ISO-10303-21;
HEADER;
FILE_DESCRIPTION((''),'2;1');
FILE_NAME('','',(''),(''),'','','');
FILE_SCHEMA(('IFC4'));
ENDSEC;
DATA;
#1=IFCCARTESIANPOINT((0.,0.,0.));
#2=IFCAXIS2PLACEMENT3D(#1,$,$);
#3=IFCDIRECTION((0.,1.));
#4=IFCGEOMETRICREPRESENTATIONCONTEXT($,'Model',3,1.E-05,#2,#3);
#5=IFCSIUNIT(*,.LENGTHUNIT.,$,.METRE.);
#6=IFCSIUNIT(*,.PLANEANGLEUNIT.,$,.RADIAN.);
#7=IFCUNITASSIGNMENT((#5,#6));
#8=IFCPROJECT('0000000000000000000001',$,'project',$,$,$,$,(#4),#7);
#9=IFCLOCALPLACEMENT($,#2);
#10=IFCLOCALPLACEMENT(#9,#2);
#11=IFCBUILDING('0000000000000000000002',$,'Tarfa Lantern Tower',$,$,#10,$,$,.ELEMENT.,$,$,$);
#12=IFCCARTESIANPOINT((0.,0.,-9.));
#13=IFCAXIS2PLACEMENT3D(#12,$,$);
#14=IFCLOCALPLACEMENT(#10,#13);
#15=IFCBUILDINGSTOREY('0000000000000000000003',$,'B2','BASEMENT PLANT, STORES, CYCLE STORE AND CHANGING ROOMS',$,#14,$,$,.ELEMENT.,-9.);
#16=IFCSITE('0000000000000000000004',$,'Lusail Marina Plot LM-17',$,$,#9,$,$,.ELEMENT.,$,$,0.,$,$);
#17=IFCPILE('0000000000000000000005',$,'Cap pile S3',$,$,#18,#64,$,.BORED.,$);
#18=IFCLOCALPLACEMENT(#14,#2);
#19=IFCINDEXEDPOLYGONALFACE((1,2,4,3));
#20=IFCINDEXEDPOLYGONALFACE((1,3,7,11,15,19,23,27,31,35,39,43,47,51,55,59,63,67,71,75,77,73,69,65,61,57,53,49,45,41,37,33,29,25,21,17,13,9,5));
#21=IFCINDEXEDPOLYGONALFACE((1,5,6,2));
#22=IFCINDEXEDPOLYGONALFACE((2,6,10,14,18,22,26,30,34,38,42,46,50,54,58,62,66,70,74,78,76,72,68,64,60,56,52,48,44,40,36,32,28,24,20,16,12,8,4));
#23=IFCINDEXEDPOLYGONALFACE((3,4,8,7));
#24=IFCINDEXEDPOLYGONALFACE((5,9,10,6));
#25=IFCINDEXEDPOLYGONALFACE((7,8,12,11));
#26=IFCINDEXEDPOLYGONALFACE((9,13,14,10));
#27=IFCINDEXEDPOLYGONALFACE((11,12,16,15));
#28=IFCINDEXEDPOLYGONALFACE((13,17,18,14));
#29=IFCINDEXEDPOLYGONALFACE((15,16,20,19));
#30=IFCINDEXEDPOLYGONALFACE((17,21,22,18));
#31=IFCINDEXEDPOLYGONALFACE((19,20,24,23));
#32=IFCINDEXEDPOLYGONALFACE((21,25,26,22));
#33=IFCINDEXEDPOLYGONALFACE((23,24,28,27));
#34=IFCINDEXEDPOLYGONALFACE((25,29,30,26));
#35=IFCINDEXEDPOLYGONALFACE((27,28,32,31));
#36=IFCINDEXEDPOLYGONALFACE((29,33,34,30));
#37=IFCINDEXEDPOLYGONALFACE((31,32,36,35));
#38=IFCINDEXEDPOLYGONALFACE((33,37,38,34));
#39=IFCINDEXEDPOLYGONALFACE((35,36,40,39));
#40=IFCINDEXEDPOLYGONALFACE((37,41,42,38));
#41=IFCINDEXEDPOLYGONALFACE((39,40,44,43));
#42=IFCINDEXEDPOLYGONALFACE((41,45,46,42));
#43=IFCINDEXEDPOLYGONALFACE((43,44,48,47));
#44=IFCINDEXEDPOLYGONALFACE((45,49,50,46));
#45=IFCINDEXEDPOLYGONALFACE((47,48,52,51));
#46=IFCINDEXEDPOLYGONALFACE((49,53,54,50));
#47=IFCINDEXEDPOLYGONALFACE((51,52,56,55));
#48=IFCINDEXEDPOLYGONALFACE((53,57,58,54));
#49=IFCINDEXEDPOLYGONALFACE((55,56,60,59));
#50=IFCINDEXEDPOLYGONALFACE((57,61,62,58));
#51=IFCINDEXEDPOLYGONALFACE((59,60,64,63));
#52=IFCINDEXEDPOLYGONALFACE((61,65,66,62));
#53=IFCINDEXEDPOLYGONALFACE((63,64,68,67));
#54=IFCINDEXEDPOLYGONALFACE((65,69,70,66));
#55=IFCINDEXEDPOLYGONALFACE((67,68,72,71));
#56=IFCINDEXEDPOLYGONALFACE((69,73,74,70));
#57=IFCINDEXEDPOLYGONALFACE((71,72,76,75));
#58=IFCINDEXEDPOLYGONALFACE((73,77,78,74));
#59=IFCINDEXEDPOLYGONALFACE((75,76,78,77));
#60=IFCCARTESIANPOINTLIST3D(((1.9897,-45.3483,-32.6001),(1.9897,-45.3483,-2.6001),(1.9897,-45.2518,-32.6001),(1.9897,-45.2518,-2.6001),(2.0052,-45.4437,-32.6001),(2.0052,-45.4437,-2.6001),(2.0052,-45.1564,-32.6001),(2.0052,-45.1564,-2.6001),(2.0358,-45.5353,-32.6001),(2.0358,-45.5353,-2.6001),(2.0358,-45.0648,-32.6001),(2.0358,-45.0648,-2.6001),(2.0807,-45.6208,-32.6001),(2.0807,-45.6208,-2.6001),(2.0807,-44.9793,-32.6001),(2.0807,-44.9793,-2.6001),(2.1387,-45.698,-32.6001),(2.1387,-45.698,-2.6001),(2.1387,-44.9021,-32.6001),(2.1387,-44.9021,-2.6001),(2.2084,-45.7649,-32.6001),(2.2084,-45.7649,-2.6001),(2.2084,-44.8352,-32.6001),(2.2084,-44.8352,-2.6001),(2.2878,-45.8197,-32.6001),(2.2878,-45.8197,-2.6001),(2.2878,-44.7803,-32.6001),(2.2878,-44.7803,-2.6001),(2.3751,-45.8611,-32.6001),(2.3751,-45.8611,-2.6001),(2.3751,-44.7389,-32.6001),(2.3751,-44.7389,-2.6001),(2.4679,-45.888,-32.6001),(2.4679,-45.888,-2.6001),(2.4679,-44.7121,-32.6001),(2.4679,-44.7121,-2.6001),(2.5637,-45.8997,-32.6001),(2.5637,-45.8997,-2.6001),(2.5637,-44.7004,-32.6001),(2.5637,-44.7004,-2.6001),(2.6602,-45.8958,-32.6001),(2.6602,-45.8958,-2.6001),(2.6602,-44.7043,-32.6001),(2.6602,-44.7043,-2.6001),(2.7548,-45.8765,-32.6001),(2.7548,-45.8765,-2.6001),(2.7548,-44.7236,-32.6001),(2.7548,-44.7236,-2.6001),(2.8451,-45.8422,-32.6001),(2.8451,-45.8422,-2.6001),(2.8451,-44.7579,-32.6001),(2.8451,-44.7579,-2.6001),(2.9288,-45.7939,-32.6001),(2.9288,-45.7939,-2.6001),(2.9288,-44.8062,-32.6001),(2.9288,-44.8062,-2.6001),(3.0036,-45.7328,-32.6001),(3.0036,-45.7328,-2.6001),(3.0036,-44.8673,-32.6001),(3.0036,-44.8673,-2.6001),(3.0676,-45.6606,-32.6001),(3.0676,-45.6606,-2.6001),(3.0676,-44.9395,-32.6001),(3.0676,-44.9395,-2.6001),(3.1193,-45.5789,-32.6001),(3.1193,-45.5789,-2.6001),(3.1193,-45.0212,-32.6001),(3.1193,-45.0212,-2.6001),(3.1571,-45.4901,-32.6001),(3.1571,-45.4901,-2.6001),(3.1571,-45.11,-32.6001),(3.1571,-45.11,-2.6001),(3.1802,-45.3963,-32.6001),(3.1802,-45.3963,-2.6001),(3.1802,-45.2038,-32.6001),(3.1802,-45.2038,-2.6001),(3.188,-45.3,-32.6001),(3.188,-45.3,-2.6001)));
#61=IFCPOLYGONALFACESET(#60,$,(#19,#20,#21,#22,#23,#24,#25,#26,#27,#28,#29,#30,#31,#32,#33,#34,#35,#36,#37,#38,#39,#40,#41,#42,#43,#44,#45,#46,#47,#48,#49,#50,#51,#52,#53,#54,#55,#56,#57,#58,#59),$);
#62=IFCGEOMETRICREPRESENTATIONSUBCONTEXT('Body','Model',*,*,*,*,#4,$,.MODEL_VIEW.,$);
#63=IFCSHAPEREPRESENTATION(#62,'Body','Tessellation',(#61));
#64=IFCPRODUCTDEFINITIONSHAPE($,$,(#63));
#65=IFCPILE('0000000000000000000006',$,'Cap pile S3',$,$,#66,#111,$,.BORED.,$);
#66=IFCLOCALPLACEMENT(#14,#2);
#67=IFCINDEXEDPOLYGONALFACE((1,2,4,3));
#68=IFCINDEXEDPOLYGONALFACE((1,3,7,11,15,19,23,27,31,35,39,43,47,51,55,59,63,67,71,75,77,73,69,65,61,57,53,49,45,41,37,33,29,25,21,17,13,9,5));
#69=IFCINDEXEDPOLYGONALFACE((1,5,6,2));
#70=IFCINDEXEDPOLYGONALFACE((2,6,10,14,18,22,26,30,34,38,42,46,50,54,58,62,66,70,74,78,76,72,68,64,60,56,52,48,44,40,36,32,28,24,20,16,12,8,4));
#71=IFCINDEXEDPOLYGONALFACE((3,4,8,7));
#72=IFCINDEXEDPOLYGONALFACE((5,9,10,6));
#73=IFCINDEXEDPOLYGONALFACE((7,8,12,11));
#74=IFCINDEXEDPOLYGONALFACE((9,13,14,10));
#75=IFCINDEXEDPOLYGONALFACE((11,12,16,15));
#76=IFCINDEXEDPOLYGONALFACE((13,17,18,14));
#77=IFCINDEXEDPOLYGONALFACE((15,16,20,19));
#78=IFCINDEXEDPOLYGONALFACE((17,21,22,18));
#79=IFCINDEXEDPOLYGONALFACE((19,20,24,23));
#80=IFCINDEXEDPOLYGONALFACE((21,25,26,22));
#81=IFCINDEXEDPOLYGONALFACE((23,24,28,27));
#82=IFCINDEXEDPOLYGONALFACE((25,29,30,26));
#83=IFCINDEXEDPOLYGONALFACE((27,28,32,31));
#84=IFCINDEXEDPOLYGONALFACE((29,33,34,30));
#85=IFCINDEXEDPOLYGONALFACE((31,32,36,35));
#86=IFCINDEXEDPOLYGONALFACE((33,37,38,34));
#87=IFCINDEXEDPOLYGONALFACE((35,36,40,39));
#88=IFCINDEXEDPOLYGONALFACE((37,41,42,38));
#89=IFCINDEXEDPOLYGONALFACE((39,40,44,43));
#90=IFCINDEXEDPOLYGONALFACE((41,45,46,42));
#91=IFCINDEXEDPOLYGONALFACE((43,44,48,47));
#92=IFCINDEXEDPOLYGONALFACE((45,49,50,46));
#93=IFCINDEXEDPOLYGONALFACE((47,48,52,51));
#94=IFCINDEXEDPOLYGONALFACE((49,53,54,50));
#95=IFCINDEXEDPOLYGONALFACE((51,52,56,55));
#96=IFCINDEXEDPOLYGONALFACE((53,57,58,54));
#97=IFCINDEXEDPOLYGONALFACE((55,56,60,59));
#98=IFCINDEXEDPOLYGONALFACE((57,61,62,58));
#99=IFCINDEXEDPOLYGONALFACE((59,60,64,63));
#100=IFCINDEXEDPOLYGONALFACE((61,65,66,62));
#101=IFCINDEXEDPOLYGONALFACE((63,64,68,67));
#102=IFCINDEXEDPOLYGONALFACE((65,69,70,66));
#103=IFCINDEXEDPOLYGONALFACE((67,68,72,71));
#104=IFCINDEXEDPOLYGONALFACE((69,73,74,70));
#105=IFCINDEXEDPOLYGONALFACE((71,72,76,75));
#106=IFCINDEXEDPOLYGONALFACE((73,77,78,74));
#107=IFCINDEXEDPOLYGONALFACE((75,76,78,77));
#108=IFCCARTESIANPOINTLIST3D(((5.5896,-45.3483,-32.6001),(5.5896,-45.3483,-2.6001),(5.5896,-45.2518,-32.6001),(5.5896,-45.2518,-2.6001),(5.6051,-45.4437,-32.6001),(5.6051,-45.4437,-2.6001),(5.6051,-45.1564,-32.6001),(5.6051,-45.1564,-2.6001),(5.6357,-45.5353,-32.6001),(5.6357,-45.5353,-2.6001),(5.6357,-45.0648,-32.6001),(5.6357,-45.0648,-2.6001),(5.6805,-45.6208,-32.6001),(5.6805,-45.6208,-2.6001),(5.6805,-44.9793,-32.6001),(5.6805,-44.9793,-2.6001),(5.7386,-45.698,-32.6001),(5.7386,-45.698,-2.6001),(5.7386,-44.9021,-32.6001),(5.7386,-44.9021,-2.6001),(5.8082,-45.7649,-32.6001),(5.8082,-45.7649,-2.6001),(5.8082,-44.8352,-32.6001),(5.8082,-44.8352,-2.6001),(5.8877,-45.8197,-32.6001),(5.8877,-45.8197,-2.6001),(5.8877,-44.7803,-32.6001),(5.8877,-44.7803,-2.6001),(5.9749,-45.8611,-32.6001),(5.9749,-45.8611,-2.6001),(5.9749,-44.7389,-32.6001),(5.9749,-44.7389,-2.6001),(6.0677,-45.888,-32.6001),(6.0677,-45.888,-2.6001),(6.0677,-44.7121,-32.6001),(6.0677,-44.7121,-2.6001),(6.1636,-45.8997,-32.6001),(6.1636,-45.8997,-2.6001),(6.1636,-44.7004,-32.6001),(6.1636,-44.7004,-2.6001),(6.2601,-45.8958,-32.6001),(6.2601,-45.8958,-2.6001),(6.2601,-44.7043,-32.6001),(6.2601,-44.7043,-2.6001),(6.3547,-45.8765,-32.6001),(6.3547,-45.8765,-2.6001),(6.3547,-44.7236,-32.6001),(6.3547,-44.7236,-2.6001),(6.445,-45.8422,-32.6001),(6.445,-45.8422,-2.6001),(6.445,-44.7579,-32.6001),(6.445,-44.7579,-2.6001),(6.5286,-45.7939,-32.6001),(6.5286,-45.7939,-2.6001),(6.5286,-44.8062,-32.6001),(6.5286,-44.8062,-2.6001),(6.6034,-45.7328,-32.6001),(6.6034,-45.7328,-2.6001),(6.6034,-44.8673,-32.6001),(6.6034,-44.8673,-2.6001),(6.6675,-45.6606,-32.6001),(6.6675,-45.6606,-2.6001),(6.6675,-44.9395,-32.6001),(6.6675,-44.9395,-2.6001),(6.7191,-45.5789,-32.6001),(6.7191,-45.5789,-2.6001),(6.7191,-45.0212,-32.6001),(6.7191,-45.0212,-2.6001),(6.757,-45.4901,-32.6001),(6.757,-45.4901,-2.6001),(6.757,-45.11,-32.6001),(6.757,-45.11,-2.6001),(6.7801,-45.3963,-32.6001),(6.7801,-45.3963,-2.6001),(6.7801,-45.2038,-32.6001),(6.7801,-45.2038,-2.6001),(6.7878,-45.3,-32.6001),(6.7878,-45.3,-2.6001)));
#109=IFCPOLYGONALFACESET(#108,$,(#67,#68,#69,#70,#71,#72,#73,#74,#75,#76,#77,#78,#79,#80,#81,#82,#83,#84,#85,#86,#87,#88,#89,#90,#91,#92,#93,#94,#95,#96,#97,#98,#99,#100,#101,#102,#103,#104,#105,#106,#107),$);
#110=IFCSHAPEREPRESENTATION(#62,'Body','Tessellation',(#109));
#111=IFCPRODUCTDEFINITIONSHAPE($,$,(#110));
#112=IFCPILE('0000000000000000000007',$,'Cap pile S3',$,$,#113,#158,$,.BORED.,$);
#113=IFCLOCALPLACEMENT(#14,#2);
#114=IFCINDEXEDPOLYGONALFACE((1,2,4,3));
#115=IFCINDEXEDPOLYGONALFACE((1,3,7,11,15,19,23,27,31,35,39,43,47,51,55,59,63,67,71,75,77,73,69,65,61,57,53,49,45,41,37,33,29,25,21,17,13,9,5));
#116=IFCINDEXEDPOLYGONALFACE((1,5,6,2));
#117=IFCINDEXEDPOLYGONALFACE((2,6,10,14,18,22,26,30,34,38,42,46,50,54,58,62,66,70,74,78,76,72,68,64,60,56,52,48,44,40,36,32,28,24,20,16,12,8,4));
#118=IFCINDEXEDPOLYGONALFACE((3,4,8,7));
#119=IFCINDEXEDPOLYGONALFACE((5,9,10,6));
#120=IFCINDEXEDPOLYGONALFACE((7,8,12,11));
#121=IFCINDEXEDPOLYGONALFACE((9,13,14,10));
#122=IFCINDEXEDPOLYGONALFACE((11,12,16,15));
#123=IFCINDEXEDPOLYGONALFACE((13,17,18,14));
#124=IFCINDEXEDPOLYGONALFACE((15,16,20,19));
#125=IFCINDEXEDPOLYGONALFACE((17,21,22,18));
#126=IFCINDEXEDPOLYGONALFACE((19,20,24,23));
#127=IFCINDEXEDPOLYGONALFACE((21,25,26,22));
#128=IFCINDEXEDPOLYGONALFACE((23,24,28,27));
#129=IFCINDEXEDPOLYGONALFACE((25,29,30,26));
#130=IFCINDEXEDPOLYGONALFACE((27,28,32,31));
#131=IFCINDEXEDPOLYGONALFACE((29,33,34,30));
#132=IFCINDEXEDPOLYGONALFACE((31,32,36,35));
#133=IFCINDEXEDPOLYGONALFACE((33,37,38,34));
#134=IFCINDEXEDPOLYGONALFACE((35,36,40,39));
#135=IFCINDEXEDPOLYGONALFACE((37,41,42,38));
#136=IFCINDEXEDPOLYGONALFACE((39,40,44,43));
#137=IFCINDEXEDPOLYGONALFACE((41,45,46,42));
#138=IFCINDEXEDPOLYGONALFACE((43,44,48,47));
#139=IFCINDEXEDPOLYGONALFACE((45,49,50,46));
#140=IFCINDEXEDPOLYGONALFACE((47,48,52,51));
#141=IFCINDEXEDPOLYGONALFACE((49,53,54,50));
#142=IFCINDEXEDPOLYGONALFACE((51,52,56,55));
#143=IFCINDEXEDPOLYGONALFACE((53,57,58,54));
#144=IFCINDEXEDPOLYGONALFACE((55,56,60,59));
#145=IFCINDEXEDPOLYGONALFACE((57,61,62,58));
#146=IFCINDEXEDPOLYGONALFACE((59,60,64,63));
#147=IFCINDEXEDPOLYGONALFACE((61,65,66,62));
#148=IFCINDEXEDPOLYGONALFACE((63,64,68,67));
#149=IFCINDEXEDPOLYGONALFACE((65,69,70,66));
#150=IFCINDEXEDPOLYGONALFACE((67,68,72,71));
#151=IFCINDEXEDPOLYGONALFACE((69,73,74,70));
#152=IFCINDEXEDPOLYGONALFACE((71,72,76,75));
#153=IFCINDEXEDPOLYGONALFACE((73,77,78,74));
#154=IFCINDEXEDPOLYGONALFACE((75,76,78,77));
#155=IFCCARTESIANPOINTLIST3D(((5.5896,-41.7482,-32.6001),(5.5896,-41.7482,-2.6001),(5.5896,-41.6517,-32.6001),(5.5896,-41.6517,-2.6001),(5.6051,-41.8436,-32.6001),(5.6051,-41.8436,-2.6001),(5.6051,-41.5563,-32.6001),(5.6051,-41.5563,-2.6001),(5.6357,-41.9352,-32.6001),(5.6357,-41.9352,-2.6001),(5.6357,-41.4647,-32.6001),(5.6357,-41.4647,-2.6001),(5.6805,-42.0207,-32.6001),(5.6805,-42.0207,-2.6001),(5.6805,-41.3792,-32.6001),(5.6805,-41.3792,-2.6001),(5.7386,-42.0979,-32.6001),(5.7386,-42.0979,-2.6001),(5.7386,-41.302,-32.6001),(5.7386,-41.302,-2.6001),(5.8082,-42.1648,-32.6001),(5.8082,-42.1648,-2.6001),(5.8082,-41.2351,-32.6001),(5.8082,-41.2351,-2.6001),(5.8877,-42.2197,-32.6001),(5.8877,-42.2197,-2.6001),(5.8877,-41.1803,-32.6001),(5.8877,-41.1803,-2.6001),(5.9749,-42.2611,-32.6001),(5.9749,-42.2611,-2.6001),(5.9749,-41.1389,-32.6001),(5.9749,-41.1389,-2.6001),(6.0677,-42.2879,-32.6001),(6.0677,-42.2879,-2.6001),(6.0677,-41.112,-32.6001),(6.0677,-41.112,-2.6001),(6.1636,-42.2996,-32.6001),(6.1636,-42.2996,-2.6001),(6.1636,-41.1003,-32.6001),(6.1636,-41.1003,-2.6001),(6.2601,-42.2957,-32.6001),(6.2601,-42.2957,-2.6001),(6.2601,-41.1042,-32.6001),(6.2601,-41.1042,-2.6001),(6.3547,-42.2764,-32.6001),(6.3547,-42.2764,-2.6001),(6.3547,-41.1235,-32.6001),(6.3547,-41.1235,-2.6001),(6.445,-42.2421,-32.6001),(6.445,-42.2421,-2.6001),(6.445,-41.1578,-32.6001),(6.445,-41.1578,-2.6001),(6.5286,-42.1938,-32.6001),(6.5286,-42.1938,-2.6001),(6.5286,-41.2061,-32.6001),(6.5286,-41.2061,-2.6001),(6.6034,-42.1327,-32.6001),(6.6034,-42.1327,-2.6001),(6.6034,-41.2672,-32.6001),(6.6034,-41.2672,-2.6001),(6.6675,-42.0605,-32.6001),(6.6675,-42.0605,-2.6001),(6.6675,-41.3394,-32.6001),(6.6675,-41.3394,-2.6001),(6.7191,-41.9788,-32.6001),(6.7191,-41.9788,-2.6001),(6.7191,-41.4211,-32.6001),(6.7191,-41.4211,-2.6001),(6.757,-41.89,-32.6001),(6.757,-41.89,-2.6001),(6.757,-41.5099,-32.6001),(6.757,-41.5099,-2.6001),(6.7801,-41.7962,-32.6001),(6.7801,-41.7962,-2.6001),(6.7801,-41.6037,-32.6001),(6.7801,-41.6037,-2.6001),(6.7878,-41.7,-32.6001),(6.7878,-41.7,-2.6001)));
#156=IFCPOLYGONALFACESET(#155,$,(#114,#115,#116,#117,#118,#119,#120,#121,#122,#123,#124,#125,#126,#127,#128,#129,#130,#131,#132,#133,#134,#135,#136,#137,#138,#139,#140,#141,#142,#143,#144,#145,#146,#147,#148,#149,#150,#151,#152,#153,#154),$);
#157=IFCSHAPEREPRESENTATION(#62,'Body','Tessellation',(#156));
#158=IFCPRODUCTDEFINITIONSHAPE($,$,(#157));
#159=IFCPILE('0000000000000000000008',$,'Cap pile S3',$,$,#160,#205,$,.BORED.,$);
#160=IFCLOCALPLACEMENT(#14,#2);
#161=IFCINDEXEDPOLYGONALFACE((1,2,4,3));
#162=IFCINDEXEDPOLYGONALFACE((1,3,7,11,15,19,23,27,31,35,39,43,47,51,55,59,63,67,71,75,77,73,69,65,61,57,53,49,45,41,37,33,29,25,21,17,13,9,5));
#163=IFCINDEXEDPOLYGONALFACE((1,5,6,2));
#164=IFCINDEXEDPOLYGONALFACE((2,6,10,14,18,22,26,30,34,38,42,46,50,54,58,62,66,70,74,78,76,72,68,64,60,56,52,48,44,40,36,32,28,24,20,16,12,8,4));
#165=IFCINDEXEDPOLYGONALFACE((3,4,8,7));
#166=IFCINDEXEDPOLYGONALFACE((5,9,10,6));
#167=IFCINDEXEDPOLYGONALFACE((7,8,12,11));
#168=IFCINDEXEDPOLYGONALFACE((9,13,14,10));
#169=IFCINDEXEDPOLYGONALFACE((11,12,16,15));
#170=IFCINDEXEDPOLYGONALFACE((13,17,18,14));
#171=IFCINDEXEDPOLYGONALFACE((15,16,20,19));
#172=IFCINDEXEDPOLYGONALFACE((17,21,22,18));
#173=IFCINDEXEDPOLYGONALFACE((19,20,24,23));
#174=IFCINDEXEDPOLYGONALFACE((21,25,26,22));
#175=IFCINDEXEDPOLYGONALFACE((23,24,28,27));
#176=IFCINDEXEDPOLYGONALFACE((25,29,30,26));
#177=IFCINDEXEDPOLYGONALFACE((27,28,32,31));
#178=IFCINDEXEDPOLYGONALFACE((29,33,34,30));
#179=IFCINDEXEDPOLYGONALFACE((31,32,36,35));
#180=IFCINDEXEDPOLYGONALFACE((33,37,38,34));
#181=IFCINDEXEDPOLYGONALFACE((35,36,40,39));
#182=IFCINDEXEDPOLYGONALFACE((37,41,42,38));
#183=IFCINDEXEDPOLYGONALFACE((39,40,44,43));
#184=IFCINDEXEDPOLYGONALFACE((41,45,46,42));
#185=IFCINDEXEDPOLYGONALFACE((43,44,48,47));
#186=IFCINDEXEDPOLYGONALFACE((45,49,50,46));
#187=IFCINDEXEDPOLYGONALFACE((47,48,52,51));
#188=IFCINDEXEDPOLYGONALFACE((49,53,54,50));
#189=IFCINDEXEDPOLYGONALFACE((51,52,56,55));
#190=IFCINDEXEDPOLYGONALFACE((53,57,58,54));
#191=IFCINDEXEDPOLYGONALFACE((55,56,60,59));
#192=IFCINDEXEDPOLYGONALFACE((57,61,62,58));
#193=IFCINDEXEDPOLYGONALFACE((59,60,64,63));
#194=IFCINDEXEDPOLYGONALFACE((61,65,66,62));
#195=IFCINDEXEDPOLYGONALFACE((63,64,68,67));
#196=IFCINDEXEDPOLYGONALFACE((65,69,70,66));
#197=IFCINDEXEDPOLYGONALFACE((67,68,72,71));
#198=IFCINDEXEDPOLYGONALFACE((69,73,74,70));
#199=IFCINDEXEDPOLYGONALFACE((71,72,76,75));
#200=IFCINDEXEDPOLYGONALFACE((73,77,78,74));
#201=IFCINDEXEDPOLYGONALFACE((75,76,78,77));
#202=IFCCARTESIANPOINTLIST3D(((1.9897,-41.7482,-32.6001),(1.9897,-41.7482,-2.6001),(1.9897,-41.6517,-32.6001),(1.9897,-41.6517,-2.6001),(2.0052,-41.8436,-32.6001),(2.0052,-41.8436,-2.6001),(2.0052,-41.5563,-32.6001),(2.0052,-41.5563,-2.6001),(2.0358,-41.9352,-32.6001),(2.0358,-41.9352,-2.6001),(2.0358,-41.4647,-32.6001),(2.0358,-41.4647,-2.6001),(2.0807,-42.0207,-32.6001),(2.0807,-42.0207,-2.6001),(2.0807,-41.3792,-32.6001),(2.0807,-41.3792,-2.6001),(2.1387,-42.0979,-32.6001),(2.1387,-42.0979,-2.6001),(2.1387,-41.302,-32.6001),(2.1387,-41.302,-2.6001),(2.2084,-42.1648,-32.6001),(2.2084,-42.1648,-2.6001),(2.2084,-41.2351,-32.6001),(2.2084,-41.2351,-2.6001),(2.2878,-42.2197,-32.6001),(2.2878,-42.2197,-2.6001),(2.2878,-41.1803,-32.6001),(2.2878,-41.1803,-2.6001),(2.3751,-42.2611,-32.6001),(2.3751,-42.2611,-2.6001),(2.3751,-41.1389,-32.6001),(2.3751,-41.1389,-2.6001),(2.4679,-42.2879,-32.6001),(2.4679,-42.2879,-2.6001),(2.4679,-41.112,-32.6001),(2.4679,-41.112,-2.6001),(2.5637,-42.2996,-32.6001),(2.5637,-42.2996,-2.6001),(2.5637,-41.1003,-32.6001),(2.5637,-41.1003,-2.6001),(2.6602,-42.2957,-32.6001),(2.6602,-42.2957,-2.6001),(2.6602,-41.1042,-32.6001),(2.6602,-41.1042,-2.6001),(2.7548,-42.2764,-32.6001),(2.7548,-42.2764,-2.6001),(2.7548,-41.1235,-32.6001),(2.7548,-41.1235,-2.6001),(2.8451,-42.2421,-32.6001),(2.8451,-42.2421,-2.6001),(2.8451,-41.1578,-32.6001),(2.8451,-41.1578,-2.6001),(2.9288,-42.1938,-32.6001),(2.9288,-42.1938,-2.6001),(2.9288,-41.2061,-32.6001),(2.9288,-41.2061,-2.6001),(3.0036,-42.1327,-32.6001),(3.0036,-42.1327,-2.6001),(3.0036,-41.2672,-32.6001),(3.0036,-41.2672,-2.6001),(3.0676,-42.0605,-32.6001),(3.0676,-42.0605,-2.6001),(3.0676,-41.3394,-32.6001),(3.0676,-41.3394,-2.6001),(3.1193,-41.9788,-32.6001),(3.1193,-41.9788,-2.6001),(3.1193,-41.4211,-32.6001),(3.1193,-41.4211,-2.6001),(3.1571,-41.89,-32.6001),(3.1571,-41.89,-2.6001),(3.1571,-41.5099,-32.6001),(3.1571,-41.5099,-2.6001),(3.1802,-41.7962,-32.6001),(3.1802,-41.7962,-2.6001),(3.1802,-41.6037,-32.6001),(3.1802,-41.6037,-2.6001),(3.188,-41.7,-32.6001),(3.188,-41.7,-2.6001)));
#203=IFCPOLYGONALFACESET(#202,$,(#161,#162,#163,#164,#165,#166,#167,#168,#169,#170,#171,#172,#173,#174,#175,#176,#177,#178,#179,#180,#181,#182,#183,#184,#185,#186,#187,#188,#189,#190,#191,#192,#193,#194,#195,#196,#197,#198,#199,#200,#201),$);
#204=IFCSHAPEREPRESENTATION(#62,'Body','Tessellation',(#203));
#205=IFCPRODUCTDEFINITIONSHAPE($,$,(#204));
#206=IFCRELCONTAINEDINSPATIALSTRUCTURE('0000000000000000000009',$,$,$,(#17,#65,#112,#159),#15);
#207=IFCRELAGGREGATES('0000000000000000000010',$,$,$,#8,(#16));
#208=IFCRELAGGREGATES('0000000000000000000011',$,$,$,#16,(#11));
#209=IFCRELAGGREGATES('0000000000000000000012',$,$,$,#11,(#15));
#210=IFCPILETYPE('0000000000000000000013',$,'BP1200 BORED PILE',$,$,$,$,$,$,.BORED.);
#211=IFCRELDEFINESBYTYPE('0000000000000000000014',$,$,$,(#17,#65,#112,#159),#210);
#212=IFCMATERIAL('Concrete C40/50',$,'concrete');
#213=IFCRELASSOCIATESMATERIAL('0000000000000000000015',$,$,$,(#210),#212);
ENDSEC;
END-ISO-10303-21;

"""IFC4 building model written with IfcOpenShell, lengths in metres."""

from ifc_helpers import new_model, si_unit, direction, frame, origin, origin_2d, place, context, subcontext, project, spatial, circle, extrude, material, material_profile, profile_set, type_object, element, save


model = new_model("IFC4")

# Units and contexts
model_context = context("Model", 3, precision=1e-05, world=origin(), true_north=direction((0.0, 1.0)))
body_context = subcontext(model_context, "Body", "Model", "MODEL_VIEW")
ifc_project = project(units=[si_unit("LENGTHUNIT", "METRE"), si_unit("PLANEANGLEUNIT", "RADIAN")], contexts=[model_context])

# Site, building, storey
site_placement = place(None, origin())
site = spatial("IfcSite", under=ifc_project, at=site_placement, Name="Lusail Marina Plot LM-17", CompositionType="ELEMENT", RefElevation=0.0)
building_placement = place(site_placement, origin())
building = spatial("IfcBuilding", under=site, at=building_placement, Name="Tarfa Lantern Tower", CompositionType="ELEMENT")
storey_placement = place(building_placement, frame((0.0, 0.0, -9.0)))
storey = spatial("IfcBuildingStorey", under=building, at=storey_placement, Name="B2", Description="BASEMENT PLANT, STORES, CYCLE STORE AND CHANGING ROOMS", CompositionType="ELEMENT", Elevation=-9.0)

# Piles
ifc_material_1 = material(Name="Concrete C40/50", Category="concrete")
ifc_material_profile_1 = material_profile(ifc_material_1, circle(Radius=0.6001, at=origin_2d()), Name="BORED PILE D1200")
ifc_profile_set_1 = profile_set([ifc_material_profile_1], Name="Concrete C40/50")
pile_type_1 = type_object("IfcPileType", Name="BP1200 BORED PILE", PredefinedType="BORED", material=ifc_profile_set_1)
for number, where, z_axis, x_axis, name in (
    (1, (2.5879, -45.3, -2.6001), (0.0, 0.0, -1.0), (1.0, 0.0, 0.0), "Cap pile S3"),
    (2, (6.1877, -45.3, -2.6001), (0.0, 0.0, -1.0), (1.0, 0.0, 0.0), "Cap pile S3"),
    (3, (6.1877, -41.7, -2.6001), (0.0, 0.0, -1.0), (1.0, 0.0, 0.0), "Cap pile S3"),
    (4, (2.5879, -41.7, -2.6001), (0.0, 0.0, -1.0), (1.0, 0.0, 0.0), "Cap pile S3"),
):
    element("IfcPile", number, at=place(storey_placement, frame(where, z_axis=z_axis, x_axis=x_axis)), inside=storey, type_object=pile_type_1, Name=name, PredefinedType="BORED", context=body_context, shape_type="SweptSolid", body=[
        extrude(circle(Radius=0.6001, at=origin_2d()), origin(), (0.0, 0.0, 1.0), 30.0),
    ])

save(model, "model.ifc")
